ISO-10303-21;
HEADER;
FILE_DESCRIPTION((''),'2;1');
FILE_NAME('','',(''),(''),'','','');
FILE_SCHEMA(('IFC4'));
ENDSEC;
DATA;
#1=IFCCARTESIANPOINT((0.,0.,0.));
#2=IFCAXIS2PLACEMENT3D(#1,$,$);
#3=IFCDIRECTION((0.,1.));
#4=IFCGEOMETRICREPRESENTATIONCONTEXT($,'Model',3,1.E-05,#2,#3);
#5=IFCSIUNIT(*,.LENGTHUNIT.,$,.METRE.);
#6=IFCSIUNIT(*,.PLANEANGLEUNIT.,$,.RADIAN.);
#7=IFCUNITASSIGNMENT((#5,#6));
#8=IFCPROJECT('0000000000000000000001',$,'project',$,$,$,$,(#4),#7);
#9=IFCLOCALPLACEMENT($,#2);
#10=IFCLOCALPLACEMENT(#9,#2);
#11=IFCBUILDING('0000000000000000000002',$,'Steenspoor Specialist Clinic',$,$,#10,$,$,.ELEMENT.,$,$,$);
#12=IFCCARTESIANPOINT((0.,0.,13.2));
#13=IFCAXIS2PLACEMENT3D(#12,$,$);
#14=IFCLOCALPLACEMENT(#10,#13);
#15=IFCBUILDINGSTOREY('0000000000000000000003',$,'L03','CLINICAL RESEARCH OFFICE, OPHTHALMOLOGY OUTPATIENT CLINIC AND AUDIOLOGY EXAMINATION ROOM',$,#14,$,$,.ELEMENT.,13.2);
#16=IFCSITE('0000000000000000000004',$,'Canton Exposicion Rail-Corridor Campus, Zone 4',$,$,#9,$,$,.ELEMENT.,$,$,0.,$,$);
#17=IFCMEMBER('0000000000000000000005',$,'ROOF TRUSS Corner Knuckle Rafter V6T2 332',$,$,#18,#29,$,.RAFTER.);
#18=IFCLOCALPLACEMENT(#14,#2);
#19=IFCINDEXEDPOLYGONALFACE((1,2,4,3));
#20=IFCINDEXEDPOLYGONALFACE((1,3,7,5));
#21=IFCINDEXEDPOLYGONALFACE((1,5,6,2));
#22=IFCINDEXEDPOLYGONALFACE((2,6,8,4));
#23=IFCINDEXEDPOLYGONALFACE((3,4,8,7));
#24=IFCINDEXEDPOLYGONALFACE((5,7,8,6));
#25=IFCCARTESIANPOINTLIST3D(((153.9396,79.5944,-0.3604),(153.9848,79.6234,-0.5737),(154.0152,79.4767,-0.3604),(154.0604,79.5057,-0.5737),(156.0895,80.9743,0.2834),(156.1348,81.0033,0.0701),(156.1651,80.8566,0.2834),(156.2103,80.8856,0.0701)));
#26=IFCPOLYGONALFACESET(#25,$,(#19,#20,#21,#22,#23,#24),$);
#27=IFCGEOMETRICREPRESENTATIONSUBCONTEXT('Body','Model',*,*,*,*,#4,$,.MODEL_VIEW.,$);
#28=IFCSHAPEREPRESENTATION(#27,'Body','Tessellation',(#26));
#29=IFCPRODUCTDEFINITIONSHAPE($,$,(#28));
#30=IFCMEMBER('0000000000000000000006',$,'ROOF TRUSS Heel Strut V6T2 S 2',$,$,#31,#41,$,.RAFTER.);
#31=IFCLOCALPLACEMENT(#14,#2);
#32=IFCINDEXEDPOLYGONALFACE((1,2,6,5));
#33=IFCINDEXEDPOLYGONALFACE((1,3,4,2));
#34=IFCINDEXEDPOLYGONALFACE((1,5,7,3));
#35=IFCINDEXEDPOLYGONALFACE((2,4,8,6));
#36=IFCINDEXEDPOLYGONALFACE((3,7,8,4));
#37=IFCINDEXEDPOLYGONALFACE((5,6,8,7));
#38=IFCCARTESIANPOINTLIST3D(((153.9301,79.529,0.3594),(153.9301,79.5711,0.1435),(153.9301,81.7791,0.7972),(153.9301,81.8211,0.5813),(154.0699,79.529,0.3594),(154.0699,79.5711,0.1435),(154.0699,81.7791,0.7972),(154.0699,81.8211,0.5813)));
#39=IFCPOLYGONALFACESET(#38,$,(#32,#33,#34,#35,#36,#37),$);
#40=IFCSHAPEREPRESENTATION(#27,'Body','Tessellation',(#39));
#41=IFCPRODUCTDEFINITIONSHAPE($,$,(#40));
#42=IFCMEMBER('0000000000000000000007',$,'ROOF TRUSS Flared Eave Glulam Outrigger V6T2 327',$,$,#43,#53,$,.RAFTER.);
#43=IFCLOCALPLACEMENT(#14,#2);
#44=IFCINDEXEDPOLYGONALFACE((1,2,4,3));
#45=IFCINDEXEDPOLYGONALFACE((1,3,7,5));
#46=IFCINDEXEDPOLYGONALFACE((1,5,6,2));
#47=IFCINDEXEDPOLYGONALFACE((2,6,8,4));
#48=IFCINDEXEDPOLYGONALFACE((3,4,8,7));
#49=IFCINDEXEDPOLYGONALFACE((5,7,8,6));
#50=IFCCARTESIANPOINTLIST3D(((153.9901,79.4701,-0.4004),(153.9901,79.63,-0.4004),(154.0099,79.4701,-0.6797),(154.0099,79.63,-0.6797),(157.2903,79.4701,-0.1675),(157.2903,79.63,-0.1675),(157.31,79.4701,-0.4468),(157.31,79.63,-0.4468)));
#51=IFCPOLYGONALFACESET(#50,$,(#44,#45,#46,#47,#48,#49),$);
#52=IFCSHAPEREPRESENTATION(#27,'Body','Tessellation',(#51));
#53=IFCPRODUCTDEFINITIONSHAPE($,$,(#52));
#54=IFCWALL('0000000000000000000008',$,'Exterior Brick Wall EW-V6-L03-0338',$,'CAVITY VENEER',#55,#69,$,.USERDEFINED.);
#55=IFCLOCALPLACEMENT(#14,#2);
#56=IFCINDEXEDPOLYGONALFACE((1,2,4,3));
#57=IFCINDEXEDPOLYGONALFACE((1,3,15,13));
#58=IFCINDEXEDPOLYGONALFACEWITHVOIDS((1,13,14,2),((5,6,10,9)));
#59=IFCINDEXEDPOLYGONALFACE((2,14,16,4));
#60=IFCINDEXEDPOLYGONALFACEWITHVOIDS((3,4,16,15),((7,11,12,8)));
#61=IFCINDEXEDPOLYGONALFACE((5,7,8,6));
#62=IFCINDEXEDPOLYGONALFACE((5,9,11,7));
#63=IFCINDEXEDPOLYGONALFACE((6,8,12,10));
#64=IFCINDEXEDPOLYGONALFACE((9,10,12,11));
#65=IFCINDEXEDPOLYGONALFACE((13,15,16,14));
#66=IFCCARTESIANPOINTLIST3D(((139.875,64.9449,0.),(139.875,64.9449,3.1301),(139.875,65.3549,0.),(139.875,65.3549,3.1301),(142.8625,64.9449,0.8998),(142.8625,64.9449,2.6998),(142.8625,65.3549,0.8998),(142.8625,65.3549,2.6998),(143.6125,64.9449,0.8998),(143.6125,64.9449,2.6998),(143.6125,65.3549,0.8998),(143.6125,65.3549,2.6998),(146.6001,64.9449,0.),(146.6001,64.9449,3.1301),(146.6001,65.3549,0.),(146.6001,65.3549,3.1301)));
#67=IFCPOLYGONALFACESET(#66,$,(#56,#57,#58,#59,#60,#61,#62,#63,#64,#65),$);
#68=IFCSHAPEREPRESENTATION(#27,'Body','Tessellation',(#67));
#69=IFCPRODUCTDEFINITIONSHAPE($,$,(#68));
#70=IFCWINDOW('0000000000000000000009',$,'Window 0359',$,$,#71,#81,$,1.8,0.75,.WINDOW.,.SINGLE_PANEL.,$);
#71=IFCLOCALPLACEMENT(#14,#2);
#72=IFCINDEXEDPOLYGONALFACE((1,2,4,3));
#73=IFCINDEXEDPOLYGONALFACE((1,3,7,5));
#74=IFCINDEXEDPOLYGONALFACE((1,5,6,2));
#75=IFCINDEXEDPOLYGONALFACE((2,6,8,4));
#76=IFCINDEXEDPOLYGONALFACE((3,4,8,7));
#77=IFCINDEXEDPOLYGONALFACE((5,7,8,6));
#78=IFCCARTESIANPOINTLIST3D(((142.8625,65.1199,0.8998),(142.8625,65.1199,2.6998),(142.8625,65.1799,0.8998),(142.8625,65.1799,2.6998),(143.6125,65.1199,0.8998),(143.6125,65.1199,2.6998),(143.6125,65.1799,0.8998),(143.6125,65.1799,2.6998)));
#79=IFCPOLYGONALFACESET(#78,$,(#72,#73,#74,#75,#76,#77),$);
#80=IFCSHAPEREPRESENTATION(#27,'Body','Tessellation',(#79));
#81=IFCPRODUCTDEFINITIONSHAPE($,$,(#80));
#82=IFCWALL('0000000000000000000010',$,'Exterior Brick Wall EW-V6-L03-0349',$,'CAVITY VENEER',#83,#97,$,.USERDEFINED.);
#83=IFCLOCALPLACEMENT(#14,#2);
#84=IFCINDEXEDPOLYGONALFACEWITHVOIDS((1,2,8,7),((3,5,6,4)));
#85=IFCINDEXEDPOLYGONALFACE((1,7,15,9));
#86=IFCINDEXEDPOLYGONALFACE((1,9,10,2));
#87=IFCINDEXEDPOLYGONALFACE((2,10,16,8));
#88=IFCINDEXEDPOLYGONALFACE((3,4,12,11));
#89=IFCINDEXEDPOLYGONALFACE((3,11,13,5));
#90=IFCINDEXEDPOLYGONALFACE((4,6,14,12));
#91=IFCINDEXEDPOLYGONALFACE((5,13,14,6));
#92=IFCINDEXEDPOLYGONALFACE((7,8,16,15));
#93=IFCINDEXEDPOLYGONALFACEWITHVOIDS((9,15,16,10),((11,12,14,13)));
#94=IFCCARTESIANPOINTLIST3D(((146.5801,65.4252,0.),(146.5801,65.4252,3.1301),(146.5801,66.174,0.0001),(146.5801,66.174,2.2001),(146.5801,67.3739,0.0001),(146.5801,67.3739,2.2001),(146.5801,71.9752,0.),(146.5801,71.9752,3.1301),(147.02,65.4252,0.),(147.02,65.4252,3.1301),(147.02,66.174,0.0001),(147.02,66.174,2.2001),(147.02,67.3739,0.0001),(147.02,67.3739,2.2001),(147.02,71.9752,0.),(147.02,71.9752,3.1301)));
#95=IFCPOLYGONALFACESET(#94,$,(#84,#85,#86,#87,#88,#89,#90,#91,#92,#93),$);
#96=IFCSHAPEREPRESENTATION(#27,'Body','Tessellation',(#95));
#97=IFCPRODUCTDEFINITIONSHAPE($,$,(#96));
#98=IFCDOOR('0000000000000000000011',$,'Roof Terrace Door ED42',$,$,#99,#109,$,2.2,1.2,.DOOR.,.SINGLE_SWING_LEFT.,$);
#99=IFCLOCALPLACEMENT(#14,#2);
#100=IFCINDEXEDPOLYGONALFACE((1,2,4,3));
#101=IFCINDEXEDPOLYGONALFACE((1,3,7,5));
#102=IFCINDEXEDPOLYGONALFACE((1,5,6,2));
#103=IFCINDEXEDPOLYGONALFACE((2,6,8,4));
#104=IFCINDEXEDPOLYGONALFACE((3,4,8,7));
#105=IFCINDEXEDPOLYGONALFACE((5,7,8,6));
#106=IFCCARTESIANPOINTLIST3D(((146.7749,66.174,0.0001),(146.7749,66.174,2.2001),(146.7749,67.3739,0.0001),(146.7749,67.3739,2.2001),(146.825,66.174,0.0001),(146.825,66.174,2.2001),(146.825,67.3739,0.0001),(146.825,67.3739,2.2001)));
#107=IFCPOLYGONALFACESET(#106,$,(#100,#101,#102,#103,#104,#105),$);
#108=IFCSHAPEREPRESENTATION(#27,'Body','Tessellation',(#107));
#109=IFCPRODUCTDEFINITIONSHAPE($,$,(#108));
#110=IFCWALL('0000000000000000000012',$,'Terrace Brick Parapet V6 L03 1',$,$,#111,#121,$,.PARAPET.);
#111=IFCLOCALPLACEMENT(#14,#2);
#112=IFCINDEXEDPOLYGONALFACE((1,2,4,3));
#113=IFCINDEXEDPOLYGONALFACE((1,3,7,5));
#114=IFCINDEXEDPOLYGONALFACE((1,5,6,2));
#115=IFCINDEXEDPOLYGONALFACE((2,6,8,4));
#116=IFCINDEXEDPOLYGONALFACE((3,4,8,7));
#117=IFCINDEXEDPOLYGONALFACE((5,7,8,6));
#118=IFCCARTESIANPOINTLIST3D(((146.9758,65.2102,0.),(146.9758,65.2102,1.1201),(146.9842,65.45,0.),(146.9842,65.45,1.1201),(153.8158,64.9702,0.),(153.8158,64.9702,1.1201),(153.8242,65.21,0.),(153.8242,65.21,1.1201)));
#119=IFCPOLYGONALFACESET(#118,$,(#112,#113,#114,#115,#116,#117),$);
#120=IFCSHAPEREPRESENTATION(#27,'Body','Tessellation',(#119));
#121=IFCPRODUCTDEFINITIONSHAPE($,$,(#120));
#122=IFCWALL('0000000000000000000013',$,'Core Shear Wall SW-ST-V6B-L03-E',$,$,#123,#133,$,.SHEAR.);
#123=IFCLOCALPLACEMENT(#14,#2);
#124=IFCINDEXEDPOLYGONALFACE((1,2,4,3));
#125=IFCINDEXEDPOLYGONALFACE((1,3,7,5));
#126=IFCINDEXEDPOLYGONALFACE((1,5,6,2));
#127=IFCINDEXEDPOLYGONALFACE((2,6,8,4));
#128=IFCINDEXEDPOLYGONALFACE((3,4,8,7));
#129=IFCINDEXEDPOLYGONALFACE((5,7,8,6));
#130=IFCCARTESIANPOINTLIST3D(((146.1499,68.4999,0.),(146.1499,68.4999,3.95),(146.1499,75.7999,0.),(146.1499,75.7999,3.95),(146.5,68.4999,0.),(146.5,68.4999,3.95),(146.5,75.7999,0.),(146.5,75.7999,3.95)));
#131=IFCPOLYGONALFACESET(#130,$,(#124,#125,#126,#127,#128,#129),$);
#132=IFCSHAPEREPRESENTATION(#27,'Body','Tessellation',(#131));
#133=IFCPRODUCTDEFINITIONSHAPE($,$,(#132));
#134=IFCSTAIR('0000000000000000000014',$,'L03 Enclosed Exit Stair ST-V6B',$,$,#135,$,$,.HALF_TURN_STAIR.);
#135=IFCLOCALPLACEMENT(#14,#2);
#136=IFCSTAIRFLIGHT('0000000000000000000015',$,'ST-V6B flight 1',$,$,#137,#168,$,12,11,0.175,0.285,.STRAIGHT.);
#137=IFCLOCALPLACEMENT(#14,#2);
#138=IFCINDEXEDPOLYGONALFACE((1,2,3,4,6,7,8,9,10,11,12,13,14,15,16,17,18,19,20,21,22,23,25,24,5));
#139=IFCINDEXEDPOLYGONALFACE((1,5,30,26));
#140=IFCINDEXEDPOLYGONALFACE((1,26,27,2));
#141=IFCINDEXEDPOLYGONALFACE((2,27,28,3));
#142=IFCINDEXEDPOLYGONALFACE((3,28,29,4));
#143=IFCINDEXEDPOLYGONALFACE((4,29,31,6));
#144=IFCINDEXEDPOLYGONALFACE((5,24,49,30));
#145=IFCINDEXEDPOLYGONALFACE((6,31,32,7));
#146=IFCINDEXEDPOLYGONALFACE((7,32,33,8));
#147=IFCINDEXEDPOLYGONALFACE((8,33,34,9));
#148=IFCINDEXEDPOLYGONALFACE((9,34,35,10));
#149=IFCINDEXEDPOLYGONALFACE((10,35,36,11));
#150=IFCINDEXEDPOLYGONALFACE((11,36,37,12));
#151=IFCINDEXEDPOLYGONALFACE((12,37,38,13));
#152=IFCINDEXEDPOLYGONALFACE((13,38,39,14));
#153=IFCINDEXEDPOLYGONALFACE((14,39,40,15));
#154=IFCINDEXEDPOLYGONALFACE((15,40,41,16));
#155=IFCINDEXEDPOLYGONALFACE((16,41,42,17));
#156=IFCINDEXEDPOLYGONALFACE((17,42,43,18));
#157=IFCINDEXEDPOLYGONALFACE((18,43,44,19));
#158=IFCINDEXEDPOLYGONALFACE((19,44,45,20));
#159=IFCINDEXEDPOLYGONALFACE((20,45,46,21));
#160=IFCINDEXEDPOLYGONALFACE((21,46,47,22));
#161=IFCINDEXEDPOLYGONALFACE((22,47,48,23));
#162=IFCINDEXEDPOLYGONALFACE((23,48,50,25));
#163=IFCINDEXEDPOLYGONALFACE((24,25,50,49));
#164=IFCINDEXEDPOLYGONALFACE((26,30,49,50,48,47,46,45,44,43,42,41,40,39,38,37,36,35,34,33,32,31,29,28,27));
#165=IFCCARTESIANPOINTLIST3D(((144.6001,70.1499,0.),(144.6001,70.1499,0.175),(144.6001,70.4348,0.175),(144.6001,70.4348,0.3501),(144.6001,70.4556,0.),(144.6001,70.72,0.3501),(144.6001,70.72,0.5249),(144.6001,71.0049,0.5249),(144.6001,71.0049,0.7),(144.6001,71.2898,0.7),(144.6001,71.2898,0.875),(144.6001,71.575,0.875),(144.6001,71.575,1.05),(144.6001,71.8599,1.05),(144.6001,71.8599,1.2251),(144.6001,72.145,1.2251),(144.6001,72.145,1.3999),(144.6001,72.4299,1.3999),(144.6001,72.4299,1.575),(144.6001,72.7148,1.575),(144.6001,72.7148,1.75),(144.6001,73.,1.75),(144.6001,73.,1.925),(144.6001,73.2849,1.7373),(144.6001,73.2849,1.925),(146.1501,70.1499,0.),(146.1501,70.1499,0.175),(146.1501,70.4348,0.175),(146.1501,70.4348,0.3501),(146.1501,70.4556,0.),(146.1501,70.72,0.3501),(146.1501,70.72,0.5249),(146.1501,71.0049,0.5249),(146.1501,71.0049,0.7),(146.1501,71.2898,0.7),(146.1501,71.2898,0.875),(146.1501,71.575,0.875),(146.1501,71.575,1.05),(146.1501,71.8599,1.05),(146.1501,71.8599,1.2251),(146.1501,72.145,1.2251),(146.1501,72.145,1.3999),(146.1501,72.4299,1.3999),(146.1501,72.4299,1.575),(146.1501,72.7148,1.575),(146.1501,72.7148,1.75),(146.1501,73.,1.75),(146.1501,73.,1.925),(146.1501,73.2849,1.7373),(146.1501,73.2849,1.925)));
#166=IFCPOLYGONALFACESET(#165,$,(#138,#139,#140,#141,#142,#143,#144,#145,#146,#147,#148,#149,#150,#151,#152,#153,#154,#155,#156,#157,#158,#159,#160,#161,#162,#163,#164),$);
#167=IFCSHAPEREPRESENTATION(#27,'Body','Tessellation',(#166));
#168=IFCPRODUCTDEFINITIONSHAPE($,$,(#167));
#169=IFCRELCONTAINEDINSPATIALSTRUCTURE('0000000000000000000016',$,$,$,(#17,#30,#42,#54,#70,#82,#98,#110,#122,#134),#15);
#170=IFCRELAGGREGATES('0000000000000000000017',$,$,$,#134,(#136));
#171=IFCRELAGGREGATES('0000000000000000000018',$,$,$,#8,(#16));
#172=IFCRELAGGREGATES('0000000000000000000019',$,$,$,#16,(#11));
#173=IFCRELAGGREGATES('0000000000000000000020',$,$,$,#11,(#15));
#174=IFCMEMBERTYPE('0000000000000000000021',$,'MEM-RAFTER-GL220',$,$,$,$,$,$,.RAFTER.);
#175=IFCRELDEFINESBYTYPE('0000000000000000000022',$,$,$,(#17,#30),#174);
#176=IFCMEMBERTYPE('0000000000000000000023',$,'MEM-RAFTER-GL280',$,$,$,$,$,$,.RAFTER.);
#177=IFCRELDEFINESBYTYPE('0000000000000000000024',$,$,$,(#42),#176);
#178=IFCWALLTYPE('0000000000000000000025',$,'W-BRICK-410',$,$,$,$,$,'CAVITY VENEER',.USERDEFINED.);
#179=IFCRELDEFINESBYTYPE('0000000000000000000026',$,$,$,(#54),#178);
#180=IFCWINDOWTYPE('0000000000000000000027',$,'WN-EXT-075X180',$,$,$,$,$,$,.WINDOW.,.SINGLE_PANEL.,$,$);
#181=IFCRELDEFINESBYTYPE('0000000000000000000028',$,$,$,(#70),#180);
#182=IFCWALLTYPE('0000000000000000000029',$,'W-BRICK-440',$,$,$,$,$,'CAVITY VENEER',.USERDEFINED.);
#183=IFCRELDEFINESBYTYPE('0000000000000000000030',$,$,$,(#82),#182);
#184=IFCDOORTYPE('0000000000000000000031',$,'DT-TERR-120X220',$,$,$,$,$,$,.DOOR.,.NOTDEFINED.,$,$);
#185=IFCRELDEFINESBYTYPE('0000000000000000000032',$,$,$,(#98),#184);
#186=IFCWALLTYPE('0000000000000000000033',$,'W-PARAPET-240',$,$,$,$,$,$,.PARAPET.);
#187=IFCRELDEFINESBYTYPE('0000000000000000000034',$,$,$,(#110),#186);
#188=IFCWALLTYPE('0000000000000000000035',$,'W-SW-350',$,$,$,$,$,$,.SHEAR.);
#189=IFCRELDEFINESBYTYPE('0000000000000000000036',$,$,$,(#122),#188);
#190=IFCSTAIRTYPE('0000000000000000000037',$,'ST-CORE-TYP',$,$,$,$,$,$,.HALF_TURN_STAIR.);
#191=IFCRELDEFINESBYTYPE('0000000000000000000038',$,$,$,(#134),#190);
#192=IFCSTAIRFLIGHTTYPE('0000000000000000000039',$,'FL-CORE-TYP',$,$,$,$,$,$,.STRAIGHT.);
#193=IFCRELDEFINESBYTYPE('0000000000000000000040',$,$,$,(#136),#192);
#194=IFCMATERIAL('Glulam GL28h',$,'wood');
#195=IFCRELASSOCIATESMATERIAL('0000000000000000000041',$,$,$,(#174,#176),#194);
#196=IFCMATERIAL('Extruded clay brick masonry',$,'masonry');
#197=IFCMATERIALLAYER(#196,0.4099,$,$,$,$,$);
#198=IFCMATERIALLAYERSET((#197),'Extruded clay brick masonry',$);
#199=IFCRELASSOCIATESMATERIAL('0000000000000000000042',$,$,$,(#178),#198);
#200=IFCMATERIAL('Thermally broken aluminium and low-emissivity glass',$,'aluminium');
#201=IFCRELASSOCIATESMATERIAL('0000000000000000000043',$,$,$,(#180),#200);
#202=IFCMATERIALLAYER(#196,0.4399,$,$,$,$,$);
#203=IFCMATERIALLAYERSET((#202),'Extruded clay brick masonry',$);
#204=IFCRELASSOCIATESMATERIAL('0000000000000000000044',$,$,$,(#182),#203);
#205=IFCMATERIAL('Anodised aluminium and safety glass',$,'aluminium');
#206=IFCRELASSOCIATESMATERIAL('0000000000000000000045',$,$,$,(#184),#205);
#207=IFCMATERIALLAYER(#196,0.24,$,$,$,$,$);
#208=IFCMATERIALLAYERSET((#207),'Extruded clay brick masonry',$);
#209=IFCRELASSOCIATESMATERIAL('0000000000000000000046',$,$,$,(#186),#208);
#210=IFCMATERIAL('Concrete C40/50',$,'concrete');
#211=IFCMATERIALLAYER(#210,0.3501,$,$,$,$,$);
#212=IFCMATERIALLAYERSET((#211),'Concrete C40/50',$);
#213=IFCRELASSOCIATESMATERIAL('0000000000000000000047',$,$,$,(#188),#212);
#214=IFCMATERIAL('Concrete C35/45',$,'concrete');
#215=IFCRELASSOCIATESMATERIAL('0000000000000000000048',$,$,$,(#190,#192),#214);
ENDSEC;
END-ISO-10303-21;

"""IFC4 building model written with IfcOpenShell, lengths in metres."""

from ifc_helpers import new_model, si_unit, direction, frame, frame_2d, origin, origin_2d, place, context, subcontext, project, spatial, polyline, rectangle, outline, extrude, material, layer, layer_set, material_profile, profile_set, type_object, element, fill, aggregate, save


model = new_model("IFC4")

# Units and contexts
model_context = context("Model", 3, precision=1e-05, world=origin(), true_north=direction((0.0, 1.0)))
body_context = subcontext(model_context, "Body", "Model", "MODEL_VIEW")
ifc_project = project(units=[si_unit("LENGTHUNIT", "METRE"), si_unit("PLANEANGLEUNIT", "RADIAN")], contexts=[model_context])

# Site, building, storey
site_placement = place(None, origin())
site = spatial("IfcSite", under=ifc_project, at=site_placement, Name="Canton Exposicion Rail-Corridor Campus, Zone 4", CompositionType="ELEMENT", RefElevation=0.0)
building_placement = place(site_placement, origin())
building = spatial("IfcBuilding", under=site, at=building_placement, Name="Steenspoor Specialist Clinic", CompositionType="ELEMENT")
storey_placement = place(building_placement, frame((0.0, 0.0, 13.2)))
storey = spatial("IfcBuildingStorey", under=building, at=storey_placement, Name="L03", Description="CLINICAL RESEARCH OFFICE, OPHTHALMOLOGY OUTPATIENT CLINIC AND AUDIOLOGY EXAMINATION ROOM", CompositionType="ELEMENT", Elevation=13.2)

# Shared definitions
ifc_material_1 = material(Name="Concrete C40/50", Category="concrete")

# Shared definitions
ifc_material_2 = material(Name="Concrete C35/45", Category="concrete")

# Members
ifc_material_3 = material(Name="Glulam GL28h", Category="wood")
ifc_material_profile_1 = material_profile(ifc_material_3, rectangle(XDim=0.1399, YDim=0.22, at=origin_2d()), Name="GL28H-140X220")
ifc_profile_set_1 = profile_set([ifc_material_profile_1], Name="Glulam GL28h")
member_type_1 = type_object("IfcMemberType", Name="MEM-RAFTER-GL220", PredefinedType="RAFTER", material=ifc_profile_set_1)
member_1_placement = place(storey_placement, frame((154.0, 79.55, -0.467), z_axis=(0.816055, 0.523772, 0.244372), x_axis=(-0.540149, 0.841569, 0.0)))
element("IfcMember", 1, at=member_1_placement, inside=storey, type_object=member_type_1, Name="ROOF TRUSS Corner Knuckle Rafter V6T2 332", PredefinedType="RAFTER", context=body_context, shape_type="SweptSolid", body=[
    extrude(rectangle(XDim=0.1399, YDim=0.22, at=origin_2d()), origin(), (0.0, 0.0, 1.0), 2.6345),
])
member_2_placement = place(storey_placement, frame((154.0, 79.55, 0.2515), z_axis=(0.0, 0.981595, 0.190972), x_axis=(-1.0, 0.0, 0.0)))
element("IfcMember", 2, at=member_2_placement, inside=storey, type_object=member_type_1, Name="ROOF TRUSS Heel Strut V6T2 S 2", PredefinedType="RAFTER", context=body_context, shape_type="SweptSolid", body=[
    extrude(rectangle(XDim=0.1399, YDim=0.22, at=origin_2d()), origin(), (0.0, 0.0, 1.0), 2.2922),
])
ifc_material_profile_2 = material_profile(ifc_material_3, rectangle(XDim=0.1599, YDim=0.28, at=origin_2d()), Name="GL28H-160X280")
ifc_profile_set_2 = profile_set([ifc_material_profile_2], Name="Glulam GL28h")
member_type_2 = type_object("IfcMemberType", Name="MEM-RAFTER-GL280", PredefinedType="RAFTER", material=ifc_profile_set_2)
member_3_placement = place(storey_placement, frame((154.0, 79.55, -0.54), z_axis=(0.997519, 0.0, 0.070403), x_axis=(0.0, 1.0, 0.0)))
element("IfcMember", 3, at=member_3_placement, inside=storey, type_object=member_type_2, Name="ROOF TRUSS Flared Eave Glulam Outrigger V6T2 327", PredefinedType="RAFTER", context=body_context, shape_type="SweptSolid", body=[
    extrude(rectangle(XDim=0.1599, YDim=0.28, at=origin_2d()), origin(), (0.0, 0.0, 1.0), 3.3083),
])

# Wall, opening, window
ifc_material_4 = material(Name="Extruded clay brick masonry", Category="masonry")
ifc_layer_1 = layer(ifc_material_4, 0.4099)
ifc_layer_set_1 = layer_set([ifc_layer_1], Name="Extruded clay brick masonry")
wall_type_1 = type_object("IfcWallType", Name="W-BRICK-410", ElementType="CAVITY VENEER", PredefinedType="USERDEFINED", material=ifc_layer_set_1)
wall_1_placement = place(storey_placement, frame((146.6001, 65.1499, 0.0), z_axis=(0.0, 0.0, 1.0), x_axis=(-1.0, 0.0, 0.0)))
wall_1 = element("IfcWall", 4, at=wall_1_placement, inside=storey, type_object=wall_type_1, Name="Exterior Brick Wall EW-V6-L03-0338", ObjectType="CAVITY VENEER", PredefinedType="USERDEFINED", context=body_context, shape_type="SweptSolid", body=[
    extrude(rectangle(XDim=6.7251, YDim=0.4099, at=frame_2d((3.3625, 0.0))), origin(), (0.0, 0.0, 1.0), 3.1301),
])
opening_1_placement = place(wall_1_placement, frame((2.9875, 0.0, 0.8999)))
opening_1 = element("IfcOpeningElement", 5, at=opening_1_placement, cuts=wall_1, PredefinedType="OPENING", context=body_context, shape_type="SweptSolid", body=[
    extrude(rectangle(XDim=0.75, YDim=1.8, at=frame_2d((0.375, 0.8999))), frame((0.0, 0.2148, 0.0), z_axis=(0.0, -1.0, 0.0), x_axis=(1.0, 0.0, 0.0)), (0.0, 0.0, 1.0), 0.4299),
])
ifc_material_5 = material(Name="Thermally broken aluminium and low-emissivity glass", Category="aluminium")
window_type = type_object("IfcWindowType", Name="WN-EXT-075X180", PartitioningType="SINGLE_PANEL", PredefinedType="WINDOW", material=ifc_material_5)
window_placement = place(opening_1_placement, origin())
window = element("IfcWindow", 6, at=window_placement, inside=storey, type_object=window_type, Name="Window 0359", OverallHeight=1.8, OverallWidth=0.75, PartitioningType="SINGLE_PANEL", PredefinedType="WINDOW", context=body_context, shape_type="SweptSolid", body=[
    extrude(rectangle(XDim=0.75, YDim=1.8, at=frame_2d((0.375, 0.8999))), frame((0.0, 0.03, 0.0), z_axis=(0.0, -1.0, 0.0), x_axis=(1.0, 0.0, 0.0)), (0.0, 0.0, 1.0), 0.0601),
])
fill(opening_1, window)

# Wall, opening, door
ifc_layer_2 = layer(ifc_material_4, 0.4399)
ifc_layer_set_2 = layer_set([ifc_layer_2], Name="Extruded clay brick masonry")
wall_type_2 = type_object("IfcWallType", Name="W-BRICK-440", ElementType="CAVITY VENEER", PredefinedType="USERDEFINED", material=ifc_layer_set_2)
wall_2_placement = place(storey_placement, frame((146.8, 71.9751, 0.0), z_axis=(0.0, 0.0, 1.0), x_axis=(0.0, -1.0, 0.0)))
wall_2 = element("IfcWall", 7, at=wall_2_placement, inside=storey, type_object=wall_type_2, Name="Exterior Brick Wall EW-V6-L03-0349", ObjectType="CAVITY VENEER", PredefinedType="USERDEFINED", context=body_context, shape_type="SweptSolid", body=[
    extrude(rectangle(XDim=6.55, YDim=0.4399, at=frame_2d((3.2749, 0.0))), origin(), (0.0, 0.0, 1.0), 3.1301),
])
opening_2_placement = place(wall_2_placement, frame((4.6011, 0.0, 0.0)))
opening_2 = element("IfcOpeningElement", 8, at=opening_2_placement, cuts=wall_2, PredefinedType="OPENING", context=body_context, shape_type="SweptSolid", body=[
    extrude(rectangle(XDim=1.2, YDim=2.2, at=frame_2d((0.6001, 1.1001))), frame((0.0, 0.23, 0.0), z_axis=(0.0, -1.0, 0.0), x_axis=(1.0, 0.0, 0.0)), (0.0, 0.0, 1.0), 0.46),
])
ifc_material_6 = material(Name="Anodised aluminium and safety glass", Category="aluminium")
door_type_1 = type_object("IfcDoorType", Name="DT-TERR-120X220", OperationType="NOTDEFINED", PredefinedType="DOOR", material=ifc_material_6)
door_1_placement = place(opening_2_placement, origin())
door_1 = element("IfcDoor", 9, at=door_1_placement, inside=storey, type_object=door_type_1, Name="Roof Terrace Door ED42", OperationType="SINGLE_SWING_LEFT", OverallHeight=2.2, OverallWidth=1.2, PredefinedType="DOOR", context=body_context, shape_type="SweptSolid", body=[
    extrude(rectangle(XDim=1.2, YDim=2.2, at=frame_2d((0.6001, 1.1001))), frame((0.0, 0.0249, 0.0), z_axis=(0.0, -1.0, 0.0), x_axis=(1.0, 0.0, 0.0)), (0.0, 0.0, 1.0), 0.05),
])
fill(opening_2, door_1)

# Wall
ifc_layer_3 = layer(ifc_material_4, 0.24)
ifc_layer_set_3 = layer_set([ifc_layer_3], Name="Extruded clay brick masonry")
wall_type_3 = type_object("IfcWallType", Name="W-PARAPET-240", PredefinedType="PARAPET", material=ifc_layer_set_3)
wall_3_placement = place(storey_placement, frame((146.98, 65.3301, 0.0), z_axis=(0.0, 0.0, 1.0), x_axis=(0.999385, -0.035064, 0.0)))
element("IfcWall", 10, at=wall_3_placement, inside=storey, type_object=wall_type_3, Name="Terrace Brick Parapet V6 L03 1", PredefinedType="PARAPET", context=body_context, shape_type="SweptSolid", body=[
    extrude(rectangle(XDim=6.8442, YDim=0.24, at=frame_2d((3.4221, 0.0))), origin(), (0.0, 0.0, 1.0), 1.1201),
])

# Shared definitions
ifc_layer_4 = layer(ifc_material_1, 0.3501)
ifc_layer_set_4 = layer_set([ifc_layer_4], Name="Concrete C40/50")
wall_type_4 = type_object("IfcWallType", Name="W-SW-350", PredefinedType="SHEAR", material=ifc_layer_set_4)

# Wall
wall_4_placement = place(storey_placement, frame((146.325, 68.5, 0.0), z_axis=(0.0, 0.0, 1.0), x_axis=(0.0, 1.0, 0.0)))
element("IfcWall", 11, at=wall_4_placement, inside=storey, type_object=wall_type_4, Name="Core Shear Wall SW-ST-V6B-L03-E", PredefinedType="SHEAR", context=body_context, shape_type="SweptSolid", body=[
    extrude(rectangle(XDim=7.3, YDim=0.3501, at=frame_2d((3.6499, 0.0))), origin(), (0.0, 0.0, 1.0), 3.95),
])

# Stair, stair flight
stair_type = type_object("IfcStairType", Name="ST-CORE-TYP", PredefinedType="HALF_TURN_STAIR", material=ifc_material_2)
stair_placement = place(storey_placement, origin())
stair = element("IfcStair", 12, at=stair_placement, inside=storey, type_object=stair_type, Name="L03 Enclosed Exit Stair ST-V6B", PredefinedType="HALF_TURN_STAIR")
stair_flight_type = type_object("IfcStairFlightType", Name="FL-CORE-TYP", PredefinedType="STRAIGHT", material=ifc_material_2)
stair_flight_1_placement = place(storey_placement, frame((145.375, 70.1499, 0.0), z_axis=(0.0, 0.0, 1.0), x_axis=(0.0, 1.0, 0.0)))
stair_flight_1 = element("IfcStairFlight", 13, at=stair_flight_1_placement, type_object=stair_flight_type, Name="ST-V6B flight 1", NumberOfRisers=12, NumberOfTreads=11, PredefinedType="STRAIGHT", RiserHeight=0.175, TreadLength=0.285, context=body_context, shape_type="SweptSolid", body=[
    extrude(outline(polyline([(0.0, 0.0), (0.0, 0.175), (0.2849, 0.175), (0.2849, 0.3501), (0.5701, 0.3501), (0.5701, 0.5249), (0.855, 0.5249), (0.855, 0.7), (1.1399, 0.7), (1.1399, 0.875), (1.425, 0.875), (1.425, 1.05), (1.71, 1.05), (1.71, 1.2251), (1.9951, 1.2251), (1.9951, 1.3999), (2.28, 1.3999), (2.28, 1.575), (2.5649, 1.575), (2.5649, 1.75), (2.8501, 1.75), (2.8501, 1.925), (3.135, 1.925), (3.135, 2.1001), (3.135, 1.7373), (0.3057, 0.0), (0.0, 0.0)])), frame((0.0, 0.7749, 0.0), z_axis=(0.0, -1.0, 0.0), x_axis=(1.0, 0.0, 0.0)), (0.0, 0.0, 1.0), 1.55),
])
aggregate(stair, [stair_flight_1])

save(model, "model.ifc")
